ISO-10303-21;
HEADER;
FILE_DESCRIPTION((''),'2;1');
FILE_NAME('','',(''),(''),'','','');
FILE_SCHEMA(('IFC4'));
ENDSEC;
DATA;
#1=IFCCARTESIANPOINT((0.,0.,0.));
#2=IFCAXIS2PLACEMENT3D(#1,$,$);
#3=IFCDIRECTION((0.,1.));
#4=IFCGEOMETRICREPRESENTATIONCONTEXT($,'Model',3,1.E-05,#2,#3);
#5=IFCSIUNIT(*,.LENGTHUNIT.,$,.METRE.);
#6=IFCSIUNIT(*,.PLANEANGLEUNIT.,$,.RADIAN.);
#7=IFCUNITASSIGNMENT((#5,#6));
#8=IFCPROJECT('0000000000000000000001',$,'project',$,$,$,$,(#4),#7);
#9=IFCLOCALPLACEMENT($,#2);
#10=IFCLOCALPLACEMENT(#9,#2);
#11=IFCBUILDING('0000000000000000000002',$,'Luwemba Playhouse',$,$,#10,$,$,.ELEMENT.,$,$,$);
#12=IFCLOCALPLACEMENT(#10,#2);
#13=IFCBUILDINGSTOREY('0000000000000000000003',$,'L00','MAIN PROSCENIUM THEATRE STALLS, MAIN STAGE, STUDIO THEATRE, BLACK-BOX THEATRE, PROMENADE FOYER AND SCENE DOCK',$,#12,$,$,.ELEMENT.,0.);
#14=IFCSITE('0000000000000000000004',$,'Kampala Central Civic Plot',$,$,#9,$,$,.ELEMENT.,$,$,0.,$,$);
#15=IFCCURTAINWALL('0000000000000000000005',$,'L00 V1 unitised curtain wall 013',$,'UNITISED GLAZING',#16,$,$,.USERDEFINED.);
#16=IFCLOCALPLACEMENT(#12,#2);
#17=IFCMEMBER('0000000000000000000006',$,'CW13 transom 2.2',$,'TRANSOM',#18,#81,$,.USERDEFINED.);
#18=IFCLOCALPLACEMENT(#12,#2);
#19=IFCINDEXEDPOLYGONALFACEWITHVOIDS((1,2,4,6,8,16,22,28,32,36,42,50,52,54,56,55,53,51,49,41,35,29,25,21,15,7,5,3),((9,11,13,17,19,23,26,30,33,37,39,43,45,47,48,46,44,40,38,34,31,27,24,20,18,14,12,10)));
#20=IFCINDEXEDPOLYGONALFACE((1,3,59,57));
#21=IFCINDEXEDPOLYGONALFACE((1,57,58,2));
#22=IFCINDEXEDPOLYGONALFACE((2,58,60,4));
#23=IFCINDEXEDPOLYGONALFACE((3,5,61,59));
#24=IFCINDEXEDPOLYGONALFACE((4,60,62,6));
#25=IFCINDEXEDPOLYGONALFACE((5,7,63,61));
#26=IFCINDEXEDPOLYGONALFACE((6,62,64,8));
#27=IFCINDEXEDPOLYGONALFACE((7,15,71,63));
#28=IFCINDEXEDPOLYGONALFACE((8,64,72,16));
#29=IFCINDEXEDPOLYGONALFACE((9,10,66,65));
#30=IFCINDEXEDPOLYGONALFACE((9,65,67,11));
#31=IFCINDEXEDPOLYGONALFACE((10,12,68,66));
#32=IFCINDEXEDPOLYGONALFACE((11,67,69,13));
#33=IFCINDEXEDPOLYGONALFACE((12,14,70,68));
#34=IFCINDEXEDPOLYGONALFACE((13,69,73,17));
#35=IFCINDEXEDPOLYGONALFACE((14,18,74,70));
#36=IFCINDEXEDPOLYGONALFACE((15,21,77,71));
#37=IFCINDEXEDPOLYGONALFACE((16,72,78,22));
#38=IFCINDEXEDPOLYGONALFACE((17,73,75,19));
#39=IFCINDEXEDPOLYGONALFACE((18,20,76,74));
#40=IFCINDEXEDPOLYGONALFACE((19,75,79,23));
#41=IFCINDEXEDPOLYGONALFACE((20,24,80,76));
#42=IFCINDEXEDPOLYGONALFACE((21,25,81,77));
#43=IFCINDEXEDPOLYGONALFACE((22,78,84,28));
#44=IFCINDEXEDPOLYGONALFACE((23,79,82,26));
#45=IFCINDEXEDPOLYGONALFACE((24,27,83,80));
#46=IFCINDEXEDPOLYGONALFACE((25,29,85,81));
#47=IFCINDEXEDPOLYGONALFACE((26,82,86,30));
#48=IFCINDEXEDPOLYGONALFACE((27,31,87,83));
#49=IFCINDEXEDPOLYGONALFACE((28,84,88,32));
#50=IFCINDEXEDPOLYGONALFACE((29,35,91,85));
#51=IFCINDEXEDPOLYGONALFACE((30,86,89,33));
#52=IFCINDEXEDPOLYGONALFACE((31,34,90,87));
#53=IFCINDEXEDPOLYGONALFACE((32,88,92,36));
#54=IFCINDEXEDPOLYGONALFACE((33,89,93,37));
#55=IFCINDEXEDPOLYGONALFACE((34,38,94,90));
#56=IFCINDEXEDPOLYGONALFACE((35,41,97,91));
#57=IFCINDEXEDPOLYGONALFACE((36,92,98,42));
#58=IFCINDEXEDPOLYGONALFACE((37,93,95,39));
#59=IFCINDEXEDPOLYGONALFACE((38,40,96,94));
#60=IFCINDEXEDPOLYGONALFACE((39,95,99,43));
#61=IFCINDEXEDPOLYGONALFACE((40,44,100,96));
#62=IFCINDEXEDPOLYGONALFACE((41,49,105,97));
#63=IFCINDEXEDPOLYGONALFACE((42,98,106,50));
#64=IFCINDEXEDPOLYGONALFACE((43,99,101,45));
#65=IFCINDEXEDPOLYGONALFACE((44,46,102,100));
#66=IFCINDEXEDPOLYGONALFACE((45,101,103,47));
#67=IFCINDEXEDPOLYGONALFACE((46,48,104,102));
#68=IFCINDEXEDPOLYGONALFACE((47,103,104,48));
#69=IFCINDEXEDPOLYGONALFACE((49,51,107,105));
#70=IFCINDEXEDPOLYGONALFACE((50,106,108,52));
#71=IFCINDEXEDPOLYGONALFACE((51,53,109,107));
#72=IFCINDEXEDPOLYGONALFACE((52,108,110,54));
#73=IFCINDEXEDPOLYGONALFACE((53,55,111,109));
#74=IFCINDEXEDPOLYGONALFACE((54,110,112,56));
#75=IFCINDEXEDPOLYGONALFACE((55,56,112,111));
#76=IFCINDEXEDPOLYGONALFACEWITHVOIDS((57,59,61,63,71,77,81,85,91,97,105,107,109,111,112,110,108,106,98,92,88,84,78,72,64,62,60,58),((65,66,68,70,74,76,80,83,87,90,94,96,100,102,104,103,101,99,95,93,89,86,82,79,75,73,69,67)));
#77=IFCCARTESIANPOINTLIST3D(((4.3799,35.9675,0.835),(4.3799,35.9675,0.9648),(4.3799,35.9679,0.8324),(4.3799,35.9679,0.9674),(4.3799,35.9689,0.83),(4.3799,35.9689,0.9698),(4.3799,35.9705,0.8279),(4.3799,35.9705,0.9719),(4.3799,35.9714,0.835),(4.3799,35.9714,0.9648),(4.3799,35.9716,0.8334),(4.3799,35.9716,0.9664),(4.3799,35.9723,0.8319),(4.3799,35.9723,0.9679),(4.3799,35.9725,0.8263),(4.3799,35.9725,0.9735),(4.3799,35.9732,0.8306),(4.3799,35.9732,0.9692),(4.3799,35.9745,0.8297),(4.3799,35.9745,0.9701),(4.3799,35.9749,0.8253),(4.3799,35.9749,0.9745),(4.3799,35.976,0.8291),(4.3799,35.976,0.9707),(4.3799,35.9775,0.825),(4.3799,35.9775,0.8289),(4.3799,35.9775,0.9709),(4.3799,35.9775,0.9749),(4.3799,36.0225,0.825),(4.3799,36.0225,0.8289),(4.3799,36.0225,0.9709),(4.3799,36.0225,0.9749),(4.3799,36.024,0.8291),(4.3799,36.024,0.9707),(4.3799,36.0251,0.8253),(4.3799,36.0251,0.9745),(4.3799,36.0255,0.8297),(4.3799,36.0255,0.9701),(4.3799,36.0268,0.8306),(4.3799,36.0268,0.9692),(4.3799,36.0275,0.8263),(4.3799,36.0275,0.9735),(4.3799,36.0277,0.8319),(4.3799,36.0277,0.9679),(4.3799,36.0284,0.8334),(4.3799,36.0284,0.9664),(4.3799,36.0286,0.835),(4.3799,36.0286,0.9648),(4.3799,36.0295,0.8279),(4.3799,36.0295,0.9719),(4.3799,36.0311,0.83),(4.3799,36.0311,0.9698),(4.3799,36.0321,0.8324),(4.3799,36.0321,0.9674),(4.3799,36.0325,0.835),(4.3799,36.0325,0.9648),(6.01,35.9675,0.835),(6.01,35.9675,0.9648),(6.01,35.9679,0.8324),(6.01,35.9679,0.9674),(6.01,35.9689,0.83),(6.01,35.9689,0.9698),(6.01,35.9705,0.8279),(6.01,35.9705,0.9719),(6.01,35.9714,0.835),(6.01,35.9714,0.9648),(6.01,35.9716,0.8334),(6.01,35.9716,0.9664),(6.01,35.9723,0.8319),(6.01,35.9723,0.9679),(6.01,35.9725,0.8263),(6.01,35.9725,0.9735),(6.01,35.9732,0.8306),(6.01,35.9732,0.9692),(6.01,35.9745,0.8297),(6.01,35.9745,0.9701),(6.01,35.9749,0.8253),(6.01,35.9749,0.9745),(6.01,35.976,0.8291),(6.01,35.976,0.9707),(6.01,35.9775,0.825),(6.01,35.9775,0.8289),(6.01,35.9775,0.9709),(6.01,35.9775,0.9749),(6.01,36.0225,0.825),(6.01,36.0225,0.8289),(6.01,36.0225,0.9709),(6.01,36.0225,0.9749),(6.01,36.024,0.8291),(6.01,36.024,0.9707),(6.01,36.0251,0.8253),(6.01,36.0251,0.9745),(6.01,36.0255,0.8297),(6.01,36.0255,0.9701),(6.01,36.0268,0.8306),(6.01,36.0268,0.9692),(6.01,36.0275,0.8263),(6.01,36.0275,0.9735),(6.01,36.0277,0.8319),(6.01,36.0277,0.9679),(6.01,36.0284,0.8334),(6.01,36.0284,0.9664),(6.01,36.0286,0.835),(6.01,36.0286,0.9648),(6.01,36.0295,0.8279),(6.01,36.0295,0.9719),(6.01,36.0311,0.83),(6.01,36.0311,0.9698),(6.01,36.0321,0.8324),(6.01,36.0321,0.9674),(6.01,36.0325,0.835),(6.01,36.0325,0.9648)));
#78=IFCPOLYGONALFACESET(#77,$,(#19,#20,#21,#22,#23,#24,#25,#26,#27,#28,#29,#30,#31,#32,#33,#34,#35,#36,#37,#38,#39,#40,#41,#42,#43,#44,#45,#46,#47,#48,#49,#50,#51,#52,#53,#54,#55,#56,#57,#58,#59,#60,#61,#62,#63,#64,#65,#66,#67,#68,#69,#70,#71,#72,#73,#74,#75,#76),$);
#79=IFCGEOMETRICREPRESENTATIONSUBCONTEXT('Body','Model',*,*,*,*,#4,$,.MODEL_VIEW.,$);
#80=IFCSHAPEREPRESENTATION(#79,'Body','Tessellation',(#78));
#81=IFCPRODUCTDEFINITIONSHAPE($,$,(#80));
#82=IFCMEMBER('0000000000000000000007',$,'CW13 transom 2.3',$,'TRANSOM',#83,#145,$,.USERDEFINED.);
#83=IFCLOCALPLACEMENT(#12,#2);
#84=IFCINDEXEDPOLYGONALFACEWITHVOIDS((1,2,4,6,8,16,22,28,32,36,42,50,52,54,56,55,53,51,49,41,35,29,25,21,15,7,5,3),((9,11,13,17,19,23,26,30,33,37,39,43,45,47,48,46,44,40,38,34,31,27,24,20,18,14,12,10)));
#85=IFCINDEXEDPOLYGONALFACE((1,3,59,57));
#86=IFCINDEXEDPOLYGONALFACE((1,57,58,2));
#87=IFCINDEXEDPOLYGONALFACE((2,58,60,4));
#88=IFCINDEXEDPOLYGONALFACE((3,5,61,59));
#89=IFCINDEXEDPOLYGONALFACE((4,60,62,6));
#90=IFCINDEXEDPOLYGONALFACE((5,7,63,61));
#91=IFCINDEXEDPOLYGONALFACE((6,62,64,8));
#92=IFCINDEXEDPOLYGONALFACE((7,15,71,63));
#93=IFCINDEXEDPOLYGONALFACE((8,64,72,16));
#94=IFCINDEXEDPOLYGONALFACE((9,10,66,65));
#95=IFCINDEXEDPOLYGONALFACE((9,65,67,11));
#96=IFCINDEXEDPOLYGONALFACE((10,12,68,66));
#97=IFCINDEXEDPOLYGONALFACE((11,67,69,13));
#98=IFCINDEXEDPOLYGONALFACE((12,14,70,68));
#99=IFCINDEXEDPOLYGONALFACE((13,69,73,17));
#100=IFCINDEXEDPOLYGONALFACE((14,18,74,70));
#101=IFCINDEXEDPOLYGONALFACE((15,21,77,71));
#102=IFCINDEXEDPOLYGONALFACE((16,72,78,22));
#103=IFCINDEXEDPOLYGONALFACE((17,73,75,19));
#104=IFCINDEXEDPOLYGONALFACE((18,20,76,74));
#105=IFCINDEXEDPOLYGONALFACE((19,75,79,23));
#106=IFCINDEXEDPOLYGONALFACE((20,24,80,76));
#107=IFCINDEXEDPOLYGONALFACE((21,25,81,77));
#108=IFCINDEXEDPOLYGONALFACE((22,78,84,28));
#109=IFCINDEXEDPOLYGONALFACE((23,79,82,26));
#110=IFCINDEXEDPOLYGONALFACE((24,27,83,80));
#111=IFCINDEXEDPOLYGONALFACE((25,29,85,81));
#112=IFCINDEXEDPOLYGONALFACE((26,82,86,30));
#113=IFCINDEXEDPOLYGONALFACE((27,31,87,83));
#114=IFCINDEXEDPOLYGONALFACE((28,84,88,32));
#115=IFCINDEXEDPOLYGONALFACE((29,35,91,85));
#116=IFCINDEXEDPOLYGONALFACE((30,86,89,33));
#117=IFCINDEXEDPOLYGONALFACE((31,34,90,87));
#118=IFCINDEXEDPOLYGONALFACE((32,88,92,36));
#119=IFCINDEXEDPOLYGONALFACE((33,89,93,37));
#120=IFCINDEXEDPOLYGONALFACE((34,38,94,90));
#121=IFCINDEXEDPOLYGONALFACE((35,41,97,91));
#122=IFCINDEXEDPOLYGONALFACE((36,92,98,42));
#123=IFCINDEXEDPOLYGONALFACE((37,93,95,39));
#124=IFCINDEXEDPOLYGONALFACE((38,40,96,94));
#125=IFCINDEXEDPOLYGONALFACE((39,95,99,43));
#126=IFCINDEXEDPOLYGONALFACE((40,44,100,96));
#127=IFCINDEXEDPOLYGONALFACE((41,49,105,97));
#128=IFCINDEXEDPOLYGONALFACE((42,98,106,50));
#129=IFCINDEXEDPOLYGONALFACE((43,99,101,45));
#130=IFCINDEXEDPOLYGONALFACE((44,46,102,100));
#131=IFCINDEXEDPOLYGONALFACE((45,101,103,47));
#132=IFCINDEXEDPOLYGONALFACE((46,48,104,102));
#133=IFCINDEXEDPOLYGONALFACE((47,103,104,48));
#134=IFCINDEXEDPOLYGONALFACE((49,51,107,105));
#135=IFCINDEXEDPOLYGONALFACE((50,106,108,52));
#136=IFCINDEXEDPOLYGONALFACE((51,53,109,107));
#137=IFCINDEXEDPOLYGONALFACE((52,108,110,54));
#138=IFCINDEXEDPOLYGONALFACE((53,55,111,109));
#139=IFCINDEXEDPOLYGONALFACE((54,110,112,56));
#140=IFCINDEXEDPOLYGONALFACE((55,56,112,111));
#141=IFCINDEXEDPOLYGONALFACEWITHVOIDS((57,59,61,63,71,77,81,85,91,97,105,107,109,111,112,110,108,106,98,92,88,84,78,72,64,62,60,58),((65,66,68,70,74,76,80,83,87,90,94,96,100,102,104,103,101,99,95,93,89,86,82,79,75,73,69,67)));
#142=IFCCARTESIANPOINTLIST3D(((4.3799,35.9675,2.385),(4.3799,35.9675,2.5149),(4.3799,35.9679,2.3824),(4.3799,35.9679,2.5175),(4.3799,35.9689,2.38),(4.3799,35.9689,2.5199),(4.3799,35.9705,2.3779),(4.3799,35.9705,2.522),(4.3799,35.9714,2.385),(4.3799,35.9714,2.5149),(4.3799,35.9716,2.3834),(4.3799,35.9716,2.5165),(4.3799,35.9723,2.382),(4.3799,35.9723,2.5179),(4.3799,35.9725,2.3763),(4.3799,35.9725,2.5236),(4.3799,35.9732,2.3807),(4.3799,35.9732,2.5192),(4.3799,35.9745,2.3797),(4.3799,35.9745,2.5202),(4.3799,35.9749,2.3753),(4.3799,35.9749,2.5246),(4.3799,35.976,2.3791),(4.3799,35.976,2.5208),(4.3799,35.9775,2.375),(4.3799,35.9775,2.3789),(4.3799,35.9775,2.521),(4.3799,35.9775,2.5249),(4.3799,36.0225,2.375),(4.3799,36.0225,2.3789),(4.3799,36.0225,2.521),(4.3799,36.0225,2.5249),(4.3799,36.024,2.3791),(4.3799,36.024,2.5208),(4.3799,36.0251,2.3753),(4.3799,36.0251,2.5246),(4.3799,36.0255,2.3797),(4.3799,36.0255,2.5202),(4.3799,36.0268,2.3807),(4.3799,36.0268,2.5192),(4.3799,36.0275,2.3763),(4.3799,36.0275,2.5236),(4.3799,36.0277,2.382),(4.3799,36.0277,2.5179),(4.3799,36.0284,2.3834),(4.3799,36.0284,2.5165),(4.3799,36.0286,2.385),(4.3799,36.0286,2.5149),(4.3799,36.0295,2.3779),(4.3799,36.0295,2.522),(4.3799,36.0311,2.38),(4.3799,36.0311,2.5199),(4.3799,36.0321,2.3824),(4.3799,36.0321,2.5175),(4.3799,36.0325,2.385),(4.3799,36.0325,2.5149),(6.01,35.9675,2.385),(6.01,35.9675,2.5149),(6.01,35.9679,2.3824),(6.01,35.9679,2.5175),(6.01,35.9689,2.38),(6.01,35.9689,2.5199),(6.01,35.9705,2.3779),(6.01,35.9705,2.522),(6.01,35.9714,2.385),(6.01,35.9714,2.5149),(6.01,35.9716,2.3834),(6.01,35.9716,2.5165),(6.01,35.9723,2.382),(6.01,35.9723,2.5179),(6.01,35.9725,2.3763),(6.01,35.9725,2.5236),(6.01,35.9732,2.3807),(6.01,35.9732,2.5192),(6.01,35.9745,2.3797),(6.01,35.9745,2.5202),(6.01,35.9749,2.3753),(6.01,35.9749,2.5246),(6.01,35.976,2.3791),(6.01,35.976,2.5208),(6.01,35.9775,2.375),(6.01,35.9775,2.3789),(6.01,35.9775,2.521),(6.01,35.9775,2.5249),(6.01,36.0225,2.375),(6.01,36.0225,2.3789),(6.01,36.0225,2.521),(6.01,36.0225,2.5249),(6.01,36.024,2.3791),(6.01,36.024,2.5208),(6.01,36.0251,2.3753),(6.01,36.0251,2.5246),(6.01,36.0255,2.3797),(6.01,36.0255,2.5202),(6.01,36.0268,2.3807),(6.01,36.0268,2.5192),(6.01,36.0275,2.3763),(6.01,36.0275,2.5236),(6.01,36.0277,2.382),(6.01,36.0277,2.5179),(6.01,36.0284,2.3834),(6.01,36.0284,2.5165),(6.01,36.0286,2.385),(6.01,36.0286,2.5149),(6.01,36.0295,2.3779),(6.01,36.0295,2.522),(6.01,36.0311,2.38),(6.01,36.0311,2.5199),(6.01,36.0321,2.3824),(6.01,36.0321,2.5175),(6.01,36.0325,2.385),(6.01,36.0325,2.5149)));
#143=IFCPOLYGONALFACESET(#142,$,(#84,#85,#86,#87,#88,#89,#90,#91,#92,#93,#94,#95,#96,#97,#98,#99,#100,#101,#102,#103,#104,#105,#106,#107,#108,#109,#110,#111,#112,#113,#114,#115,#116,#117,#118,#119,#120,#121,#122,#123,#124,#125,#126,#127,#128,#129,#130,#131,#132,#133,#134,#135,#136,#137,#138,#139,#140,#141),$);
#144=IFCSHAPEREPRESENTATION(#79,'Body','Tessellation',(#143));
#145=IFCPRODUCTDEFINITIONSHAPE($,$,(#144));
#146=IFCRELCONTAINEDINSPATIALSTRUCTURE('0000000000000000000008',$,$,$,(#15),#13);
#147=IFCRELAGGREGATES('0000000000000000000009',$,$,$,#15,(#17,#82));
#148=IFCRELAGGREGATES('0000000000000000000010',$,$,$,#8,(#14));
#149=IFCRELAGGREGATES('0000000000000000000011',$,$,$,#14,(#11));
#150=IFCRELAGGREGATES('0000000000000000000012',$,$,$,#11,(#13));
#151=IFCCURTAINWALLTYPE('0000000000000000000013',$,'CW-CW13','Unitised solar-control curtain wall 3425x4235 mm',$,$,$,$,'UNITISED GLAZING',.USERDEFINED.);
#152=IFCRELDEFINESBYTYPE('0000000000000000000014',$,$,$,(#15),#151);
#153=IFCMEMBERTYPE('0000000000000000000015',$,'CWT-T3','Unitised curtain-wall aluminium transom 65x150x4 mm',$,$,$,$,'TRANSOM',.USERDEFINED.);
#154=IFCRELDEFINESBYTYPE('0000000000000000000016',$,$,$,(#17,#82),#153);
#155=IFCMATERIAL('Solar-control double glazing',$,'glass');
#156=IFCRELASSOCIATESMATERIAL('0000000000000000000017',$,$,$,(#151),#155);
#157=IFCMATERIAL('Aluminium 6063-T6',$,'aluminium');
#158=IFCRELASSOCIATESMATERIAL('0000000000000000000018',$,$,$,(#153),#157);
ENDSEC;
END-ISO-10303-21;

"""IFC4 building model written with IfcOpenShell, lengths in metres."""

from ifc_helpers import new_model, si_unit, direction, frame, origin, origin_2d, place, context, subcontext, project, spatial, hollow_rectangle, extrude, material, material_profile, profile_set, type_object, element, aggregate, save


model = new_model("IFC4")

# Units and contexts
model_context = context("Model", 3, precision=1e-05, world=origin(), true_north=direction((0.0, 1.0)))
body_context = subcontext(model_context, "Body", "Model", "MODEL_VIEW")
ifc_project = project(units=[si_unit("LENGTHUNIT", "METRE"), si_unit("PLANEANGLEUNIT", "RADIAN")], contexts=[model_context])

# Site, building, storey
site_placement = place(None, origin())
site = spatial("IfcSite", under=ifc_project, at=site_placement, Name="Kampala Central Civic Plot", CompositionType="ELEMENT", RefElevation=0.0)
building_placement = place(site_placement, origin())
building = spatial("IfcBuilding", under=site, at=building_placement, Name="Luwemba Playhouse", CompositionType="ELEMENT")
storey_placement = place(building_placement, origin())
storey = spatial("IfcBuildingStorey", under=building, at=storey_placement, Name="L00", Description="MAIN PROSCENIUM THEATRE STALLS, MAIN STAGE, STUDIO THEATRE, BLACK-BOX THEATRE, PROMENADE FOYER AND SCENE DOCK", CompositionType="ELEMENT", Elevation=0.0)

# Shared definitions
ifc_material_1 = material(Name="Solar-control double glazing", Category="glass")
ifc_material_2 = material(Name="Aluminium 6063-T6", Category="aluminium")

# Curtain wall, members
curtain_wall_type_1 = type_object("IfcCurtainWallType", Name="CW-CW13", Description="Unitised solar-control curtain wall 3425x4235 mm", ElementType="UNITISED GLAZING", PredefinedType="USERDEFINED", material=ifc_material_1)
curtain_wall_1_placement = place(storey_placement, origin())
curtain_wall_1 = element("IfcCurtainWall", 1, at=curtain_wall_1_placement, inside=storey, type_object=curtain_wall_type_1, Name="L00 V1 unitised curtain wall 013", ObjectType="UNITISED GLAZING", PredefinedType="USERDEFINED")
ifc_material_profile_1 = material_profile(ifc_material_2, hollow_rectangle(XDim=0.0649, YDim=0.1499, WallThickness=0.0039, InnerFilletRadius=0.0061, OuterFilletRadius=0.01, at=origin_2d()))
ifc_profile_set_1 = profile_set([ifc_material_profile_1], Name="Aluminium 6063-T6")
member_type_1 = type_object("IfcMemberType", Name="CWT-T3", Description="Unitised curtain-wall aluminium transom 65x150x4 mm", ElementType="TRANSOM", PredefinedType="USERDEFINED", material=ifc_profile_set_1)
member_1_placement = place(storey_placement, frame((6.01, 36.0, 0.8999), z_axis=(-1.0, 0.0, 0.0), x_axis=(0.0, -1.0, 0.0)))
member_1 = element("IfcMember", 2, at=member_1_placement, type_object=member_type_1, Name="CW13 transom 2.2", ObjectType="TRANSOM", PredefinedType="USERDEFINED", context=body_context, shape_type="SweptSolid", body=[
    extrude(hollow_rectangle(XDim=0.0649, YDim=0.1499, WallThickness=0.0039, InnerFilletRadius=0.0061, OuterFilletRadius=0.01, at=origin_2d()), origin(), (0.0, 0.0, 1.0), 1.6301),
])
member_2_placement = place(storey_placement, frame((6.01, 36.0, 2.45), z_axis=(-1.0, 0.0, 0.0), x_axis=(0.0, -1.0, 0.0)))
member_2 = element("IfcMember", 3, at=member_2_placement, type_object=member_type_1, Name="CW13 transom 2.3", ObjectType="TRANSOM", PredefinedType="USERDEFINED", context=body_context, shape_type="SweptSolid", body=[
    extrude(hollow_rectangle(XDim=0.0649, YDim=0.1499, WallThickness=0.0039, InnerFilletRadius=0.0061, OuterFilletRadius=0.01, at=origin_2d()), origin(), (0.0, 0.0, 1.0), 1.6301),
])

aggregate(curtain_wall_1, [member_1, member_2])

save(model, "model.ifc")
